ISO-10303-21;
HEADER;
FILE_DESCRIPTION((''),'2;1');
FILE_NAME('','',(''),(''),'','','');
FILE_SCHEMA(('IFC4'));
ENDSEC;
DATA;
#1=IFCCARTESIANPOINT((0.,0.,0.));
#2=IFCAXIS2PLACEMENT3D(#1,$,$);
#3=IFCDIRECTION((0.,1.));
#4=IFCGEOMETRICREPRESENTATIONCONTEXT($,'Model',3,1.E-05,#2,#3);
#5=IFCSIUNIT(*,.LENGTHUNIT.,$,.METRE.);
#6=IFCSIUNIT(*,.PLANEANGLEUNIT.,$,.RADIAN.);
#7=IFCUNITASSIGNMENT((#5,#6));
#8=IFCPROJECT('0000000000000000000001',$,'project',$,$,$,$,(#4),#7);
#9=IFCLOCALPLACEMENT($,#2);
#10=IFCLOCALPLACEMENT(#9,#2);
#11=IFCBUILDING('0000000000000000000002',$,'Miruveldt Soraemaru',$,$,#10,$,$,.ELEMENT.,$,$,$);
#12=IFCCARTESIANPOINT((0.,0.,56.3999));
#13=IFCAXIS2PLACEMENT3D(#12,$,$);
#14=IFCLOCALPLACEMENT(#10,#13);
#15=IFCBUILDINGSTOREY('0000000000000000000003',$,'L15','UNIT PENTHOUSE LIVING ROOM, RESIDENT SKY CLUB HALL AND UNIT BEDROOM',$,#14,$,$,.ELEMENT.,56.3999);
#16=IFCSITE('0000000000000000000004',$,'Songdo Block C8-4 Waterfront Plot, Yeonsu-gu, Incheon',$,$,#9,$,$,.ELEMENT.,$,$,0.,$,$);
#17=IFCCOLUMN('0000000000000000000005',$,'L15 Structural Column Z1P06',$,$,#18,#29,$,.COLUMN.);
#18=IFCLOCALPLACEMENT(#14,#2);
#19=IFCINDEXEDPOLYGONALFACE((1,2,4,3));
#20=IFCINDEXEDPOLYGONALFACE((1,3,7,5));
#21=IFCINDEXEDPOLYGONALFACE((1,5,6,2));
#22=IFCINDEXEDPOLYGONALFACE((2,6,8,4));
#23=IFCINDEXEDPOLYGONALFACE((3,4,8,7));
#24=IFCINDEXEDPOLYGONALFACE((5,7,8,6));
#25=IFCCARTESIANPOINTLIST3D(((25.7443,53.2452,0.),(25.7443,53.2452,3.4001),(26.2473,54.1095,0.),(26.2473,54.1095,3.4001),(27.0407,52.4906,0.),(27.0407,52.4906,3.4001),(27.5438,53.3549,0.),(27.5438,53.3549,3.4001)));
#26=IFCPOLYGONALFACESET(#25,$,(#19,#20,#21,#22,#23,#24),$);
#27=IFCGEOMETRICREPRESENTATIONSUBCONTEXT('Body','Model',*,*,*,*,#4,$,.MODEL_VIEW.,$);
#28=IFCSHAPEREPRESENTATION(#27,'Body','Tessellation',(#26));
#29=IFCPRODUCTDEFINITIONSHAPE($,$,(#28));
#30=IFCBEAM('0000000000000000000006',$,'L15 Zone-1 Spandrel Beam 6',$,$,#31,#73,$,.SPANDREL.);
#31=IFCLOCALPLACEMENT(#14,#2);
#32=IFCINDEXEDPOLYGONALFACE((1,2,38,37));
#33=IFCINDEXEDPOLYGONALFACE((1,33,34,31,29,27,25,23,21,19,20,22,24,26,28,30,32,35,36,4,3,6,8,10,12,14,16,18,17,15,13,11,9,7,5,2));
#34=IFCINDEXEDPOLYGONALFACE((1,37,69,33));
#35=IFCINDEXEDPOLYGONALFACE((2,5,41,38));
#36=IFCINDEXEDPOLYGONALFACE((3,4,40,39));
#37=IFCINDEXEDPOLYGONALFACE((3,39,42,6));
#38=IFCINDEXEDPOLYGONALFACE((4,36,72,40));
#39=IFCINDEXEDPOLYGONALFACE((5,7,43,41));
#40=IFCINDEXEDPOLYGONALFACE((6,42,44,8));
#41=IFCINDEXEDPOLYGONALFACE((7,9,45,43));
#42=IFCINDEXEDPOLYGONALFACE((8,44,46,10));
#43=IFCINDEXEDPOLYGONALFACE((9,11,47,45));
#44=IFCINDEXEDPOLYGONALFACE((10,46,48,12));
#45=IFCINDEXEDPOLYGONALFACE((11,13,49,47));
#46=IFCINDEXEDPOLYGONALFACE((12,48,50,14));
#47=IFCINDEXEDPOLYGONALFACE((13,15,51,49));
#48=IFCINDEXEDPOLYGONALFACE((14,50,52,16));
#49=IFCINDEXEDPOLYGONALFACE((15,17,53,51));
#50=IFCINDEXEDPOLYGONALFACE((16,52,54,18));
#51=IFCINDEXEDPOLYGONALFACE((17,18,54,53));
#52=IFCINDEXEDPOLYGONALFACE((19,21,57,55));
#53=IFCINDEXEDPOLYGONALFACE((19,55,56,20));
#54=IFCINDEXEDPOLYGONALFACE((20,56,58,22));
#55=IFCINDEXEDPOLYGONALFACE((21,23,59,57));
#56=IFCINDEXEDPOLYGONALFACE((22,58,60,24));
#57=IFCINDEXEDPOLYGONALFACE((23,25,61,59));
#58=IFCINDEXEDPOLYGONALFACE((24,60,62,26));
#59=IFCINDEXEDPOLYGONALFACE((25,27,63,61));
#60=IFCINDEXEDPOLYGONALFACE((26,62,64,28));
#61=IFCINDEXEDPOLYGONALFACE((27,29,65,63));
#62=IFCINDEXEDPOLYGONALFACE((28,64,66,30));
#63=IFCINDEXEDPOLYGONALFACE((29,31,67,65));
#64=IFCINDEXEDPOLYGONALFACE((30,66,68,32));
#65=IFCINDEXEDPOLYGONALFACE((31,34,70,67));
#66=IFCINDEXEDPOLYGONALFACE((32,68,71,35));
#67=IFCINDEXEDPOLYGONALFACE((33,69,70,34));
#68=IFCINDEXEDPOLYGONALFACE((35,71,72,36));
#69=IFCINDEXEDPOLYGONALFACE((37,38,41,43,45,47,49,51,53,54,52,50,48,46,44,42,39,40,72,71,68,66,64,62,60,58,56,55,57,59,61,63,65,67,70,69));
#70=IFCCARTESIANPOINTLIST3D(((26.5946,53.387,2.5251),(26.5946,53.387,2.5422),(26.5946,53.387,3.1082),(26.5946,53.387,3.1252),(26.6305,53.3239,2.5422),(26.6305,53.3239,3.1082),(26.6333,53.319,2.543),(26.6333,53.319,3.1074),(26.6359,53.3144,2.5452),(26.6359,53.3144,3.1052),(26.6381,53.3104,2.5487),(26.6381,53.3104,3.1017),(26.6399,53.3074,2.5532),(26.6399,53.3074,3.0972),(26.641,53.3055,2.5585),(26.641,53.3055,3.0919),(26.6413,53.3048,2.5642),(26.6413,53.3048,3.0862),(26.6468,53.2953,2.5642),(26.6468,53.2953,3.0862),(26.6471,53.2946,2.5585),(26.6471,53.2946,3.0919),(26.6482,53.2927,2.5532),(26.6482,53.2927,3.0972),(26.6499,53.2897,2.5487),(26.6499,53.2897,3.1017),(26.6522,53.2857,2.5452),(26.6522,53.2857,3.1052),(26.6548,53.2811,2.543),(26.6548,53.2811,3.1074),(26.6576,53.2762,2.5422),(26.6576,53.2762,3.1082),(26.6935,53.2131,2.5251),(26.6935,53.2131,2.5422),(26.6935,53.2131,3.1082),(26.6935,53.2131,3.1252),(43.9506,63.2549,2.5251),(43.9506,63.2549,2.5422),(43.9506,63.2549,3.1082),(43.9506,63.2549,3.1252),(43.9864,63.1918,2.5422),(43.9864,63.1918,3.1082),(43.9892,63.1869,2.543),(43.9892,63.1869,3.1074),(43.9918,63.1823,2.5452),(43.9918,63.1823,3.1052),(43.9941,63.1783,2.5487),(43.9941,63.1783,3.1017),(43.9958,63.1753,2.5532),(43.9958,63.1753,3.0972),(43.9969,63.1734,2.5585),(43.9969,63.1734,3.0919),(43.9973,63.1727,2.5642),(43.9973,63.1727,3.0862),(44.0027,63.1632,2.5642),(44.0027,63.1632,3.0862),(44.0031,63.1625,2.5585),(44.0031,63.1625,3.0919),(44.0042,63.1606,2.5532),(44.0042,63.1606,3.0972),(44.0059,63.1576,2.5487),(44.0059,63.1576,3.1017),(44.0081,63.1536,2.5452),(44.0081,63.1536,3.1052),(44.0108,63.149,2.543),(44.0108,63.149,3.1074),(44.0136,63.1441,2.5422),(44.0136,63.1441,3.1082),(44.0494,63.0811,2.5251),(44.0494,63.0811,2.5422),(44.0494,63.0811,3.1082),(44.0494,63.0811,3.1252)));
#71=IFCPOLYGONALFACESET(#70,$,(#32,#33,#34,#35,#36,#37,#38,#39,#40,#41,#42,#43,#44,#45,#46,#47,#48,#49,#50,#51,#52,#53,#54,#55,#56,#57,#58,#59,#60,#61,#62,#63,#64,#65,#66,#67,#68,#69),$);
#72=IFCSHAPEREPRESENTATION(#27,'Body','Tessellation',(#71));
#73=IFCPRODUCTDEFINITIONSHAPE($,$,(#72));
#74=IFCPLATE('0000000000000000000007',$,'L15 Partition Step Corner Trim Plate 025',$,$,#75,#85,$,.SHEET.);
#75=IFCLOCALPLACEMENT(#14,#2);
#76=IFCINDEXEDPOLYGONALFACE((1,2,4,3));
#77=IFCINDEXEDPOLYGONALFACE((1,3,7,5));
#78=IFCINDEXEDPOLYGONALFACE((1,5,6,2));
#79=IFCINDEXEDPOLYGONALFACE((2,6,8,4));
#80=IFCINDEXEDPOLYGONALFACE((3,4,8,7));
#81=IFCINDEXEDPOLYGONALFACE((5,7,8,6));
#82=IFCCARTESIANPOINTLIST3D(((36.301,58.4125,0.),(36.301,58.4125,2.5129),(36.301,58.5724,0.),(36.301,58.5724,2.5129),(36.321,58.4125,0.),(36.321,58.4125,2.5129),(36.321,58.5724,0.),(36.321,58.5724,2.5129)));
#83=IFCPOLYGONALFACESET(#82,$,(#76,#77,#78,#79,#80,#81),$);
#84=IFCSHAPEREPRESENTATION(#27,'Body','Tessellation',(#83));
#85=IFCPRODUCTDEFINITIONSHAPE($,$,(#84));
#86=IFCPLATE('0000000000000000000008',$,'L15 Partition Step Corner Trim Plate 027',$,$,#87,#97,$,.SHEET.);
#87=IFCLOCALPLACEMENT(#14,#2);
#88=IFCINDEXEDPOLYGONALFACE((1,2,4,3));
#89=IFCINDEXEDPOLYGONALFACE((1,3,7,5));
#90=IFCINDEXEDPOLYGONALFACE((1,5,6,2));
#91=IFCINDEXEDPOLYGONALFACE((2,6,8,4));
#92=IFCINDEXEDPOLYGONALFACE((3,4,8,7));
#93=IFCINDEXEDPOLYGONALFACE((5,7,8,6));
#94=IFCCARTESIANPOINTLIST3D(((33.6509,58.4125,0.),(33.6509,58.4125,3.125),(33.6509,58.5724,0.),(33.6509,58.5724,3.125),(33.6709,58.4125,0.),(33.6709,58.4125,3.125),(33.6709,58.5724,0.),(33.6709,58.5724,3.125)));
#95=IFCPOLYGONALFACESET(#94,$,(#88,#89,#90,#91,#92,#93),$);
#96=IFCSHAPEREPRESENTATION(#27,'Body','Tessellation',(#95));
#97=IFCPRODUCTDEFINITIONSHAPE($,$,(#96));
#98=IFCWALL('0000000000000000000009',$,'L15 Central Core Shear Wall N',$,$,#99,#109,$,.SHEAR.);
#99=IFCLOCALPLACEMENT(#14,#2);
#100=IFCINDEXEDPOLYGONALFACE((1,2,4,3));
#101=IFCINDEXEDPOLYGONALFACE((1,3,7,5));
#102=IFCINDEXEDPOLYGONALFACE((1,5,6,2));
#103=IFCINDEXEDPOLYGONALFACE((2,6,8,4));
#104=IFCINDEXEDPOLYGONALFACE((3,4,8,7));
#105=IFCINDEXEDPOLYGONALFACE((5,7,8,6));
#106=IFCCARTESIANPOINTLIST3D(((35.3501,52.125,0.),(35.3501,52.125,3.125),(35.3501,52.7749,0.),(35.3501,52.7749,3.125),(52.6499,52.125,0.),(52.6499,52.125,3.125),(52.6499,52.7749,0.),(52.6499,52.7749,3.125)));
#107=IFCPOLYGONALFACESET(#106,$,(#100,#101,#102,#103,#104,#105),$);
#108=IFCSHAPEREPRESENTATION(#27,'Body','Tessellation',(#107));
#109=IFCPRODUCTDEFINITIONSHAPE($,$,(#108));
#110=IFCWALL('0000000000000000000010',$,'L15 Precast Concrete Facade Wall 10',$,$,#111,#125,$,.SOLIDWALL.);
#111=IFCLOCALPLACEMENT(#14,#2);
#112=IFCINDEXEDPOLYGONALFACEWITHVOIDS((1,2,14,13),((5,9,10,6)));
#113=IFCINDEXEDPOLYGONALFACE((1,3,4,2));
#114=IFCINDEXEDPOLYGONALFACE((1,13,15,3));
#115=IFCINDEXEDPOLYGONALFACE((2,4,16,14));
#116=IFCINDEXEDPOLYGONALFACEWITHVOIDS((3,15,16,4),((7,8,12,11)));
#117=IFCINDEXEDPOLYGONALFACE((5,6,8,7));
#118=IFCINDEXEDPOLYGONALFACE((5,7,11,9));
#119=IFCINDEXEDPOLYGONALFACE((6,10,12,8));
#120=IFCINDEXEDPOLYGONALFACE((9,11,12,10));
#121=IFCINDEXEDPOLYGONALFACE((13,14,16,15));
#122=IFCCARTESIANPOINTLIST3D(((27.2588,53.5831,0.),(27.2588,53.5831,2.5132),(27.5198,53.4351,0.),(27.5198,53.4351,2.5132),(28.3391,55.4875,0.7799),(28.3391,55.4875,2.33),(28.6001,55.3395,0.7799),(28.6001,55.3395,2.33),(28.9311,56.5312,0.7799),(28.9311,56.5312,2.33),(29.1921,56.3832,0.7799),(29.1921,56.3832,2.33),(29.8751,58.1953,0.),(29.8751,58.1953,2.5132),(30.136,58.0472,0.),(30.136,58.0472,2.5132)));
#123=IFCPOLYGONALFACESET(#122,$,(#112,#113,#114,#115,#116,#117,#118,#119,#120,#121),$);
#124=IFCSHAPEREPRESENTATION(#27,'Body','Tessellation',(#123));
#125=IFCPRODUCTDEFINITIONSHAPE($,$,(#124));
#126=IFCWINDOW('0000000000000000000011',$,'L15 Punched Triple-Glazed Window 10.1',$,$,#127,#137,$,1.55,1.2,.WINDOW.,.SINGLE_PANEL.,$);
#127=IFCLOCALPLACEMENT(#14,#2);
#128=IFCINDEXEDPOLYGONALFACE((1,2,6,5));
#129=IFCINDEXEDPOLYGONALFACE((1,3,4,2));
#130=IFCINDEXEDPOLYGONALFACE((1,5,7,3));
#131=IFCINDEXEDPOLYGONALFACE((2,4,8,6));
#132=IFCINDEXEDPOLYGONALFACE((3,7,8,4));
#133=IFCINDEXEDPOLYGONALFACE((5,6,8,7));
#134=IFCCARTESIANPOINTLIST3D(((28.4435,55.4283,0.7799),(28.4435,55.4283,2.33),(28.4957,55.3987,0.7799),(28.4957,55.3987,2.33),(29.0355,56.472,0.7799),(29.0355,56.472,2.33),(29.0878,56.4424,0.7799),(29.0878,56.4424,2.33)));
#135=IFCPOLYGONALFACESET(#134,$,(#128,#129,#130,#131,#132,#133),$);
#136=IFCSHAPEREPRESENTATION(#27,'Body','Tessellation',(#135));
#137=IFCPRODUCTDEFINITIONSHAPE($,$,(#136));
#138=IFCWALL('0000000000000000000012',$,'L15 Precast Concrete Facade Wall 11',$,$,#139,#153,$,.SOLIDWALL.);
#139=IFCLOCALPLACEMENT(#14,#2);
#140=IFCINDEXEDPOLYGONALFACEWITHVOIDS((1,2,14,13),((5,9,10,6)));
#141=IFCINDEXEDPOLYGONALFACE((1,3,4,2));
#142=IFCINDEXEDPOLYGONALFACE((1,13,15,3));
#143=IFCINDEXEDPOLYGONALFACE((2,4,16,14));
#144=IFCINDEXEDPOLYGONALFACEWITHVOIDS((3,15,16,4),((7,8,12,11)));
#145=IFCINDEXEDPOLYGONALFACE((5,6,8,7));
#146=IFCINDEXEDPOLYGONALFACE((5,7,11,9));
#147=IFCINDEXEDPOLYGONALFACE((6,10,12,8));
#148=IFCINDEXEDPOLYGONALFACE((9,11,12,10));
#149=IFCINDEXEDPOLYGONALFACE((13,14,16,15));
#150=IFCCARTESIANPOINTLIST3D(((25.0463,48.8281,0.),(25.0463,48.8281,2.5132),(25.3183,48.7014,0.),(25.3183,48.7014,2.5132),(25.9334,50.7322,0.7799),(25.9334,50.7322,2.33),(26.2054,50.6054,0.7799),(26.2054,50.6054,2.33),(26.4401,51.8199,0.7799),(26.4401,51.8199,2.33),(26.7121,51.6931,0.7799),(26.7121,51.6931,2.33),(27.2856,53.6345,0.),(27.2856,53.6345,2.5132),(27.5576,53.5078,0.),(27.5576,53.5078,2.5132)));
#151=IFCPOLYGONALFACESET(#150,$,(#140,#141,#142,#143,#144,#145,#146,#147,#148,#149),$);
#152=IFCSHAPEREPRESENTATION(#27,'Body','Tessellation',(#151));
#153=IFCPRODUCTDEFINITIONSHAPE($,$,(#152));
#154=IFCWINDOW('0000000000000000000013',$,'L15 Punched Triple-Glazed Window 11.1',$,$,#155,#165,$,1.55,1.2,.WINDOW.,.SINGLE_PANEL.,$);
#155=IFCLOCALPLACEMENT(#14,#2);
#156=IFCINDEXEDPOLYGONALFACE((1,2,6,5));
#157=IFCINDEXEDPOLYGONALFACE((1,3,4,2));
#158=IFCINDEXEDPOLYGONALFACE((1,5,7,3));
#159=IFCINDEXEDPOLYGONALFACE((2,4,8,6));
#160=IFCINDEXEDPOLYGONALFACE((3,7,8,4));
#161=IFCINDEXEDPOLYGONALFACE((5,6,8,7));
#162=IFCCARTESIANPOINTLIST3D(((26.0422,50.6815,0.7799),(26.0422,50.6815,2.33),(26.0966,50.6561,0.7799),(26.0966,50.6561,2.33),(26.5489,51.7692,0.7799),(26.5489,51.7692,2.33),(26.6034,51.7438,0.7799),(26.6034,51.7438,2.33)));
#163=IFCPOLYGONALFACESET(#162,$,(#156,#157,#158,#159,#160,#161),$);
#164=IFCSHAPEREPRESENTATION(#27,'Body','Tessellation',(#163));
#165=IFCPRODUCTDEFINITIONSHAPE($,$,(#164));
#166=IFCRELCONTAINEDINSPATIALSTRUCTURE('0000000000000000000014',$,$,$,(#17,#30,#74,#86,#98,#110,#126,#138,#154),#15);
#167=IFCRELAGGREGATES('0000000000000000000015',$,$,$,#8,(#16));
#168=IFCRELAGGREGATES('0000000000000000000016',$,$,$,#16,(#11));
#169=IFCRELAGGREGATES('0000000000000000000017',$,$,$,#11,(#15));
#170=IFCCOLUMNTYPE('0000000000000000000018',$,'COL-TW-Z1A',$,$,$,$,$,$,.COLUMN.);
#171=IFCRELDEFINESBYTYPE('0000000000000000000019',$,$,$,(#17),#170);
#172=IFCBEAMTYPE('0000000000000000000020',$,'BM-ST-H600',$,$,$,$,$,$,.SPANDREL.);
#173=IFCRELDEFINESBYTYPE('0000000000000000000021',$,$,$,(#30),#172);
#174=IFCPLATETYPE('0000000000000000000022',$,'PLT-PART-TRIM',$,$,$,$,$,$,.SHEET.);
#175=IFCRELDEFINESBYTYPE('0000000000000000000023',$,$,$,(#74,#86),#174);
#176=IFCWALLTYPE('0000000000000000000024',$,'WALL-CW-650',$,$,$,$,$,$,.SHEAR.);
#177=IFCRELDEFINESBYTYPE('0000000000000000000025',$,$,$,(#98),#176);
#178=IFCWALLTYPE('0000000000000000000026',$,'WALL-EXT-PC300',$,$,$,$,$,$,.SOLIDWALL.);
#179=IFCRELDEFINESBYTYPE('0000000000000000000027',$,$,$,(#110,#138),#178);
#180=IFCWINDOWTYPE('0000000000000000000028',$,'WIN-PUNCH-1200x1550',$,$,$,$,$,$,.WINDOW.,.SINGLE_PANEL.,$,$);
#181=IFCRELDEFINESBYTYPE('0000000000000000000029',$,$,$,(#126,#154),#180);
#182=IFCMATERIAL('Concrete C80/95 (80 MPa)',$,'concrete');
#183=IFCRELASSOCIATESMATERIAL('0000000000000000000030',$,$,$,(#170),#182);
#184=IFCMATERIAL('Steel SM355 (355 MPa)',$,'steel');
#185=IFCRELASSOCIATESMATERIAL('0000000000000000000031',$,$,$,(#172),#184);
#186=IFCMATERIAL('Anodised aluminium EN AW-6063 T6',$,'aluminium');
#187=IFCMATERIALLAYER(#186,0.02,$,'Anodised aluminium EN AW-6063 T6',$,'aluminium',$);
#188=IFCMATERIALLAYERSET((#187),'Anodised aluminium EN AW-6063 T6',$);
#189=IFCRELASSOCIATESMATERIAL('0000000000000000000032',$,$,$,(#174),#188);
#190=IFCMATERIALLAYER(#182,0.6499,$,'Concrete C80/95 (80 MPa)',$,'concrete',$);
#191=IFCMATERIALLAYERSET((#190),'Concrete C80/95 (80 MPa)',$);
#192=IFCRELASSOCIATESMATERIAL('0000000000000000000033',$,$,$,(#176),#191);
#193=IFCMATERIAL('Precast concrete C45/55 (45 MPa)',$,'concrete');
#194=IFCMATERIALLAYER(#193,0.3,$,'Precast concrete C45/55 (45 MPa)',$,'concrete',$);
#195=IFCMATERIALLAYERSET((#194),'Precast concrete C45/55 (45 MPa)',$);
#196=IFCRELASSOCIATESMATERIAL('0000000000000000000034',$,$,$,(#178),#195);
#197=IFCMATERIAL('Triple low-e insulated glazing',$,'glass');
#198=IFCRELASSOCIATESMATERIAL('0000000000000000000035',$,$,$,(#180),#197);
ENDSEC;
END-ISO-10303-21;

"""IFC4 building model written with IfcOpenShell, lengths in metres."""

from ifc_helpers import new_model, si_unit, direction, frame, frame_2d, origin, origin_2d, place, context, subcontext, project, spatial, rectangle, i_section, extrude, material, layer, layer_set, material_profile, profile_set, type_object, element, fill, save


model = new_model("IFC4")

# Units and contexts
model_context = context("Model", 3, precision=1e-05, world=origin(), true_north=direction((0.0, 1.0)))
body_context = subcontext(model_context, "Body", "Model", "MODEL_VIEW")
ifc_project = project(units=[si_unit("LENGTHUNIT", "METRE"), si_unit("PLANEANGLEUNIT", "RADIAN")], contexts=[model_context])

# Site, building, storey
site_placement = place(None, origin())
site = spatial("IfcSite", under=ifc_project, at=site_placement, Name="Songdo Block C8-4 Waterfront Plot, Yeonsu-gu, Incheon", CompositionType="ELEMENT", RefElevation=0.0)
building_placement = place(site_placement, origin())
building = spatial("IfcBuilding", under=site, at=building_placement, Name="Miruveldt Soraemaru", CompositionType="ELEMENT")
storey_placement = place(building_placement, frame((0.0, 0.0, 56.3999)))
storey = spatial("IfcBuildingStorey", under=building, at=storey_placement, Name="L15", Description="UNIT PENTHOUSE LIVING ROOM, RESIDENT SKY CLUB HALL AND UNIT BEDROOM", CompositionType="ELEMENT", Elevation=56.3999)

# Column
ifc_material_1 = material(Name="Concrete C80/95 (80 MPa)", Category="concrete")
ifc_material_profile_1 = material_profile(ifc_material_1, rectangle(XDim=1.5, YDim=1.0, at=origin_2d()), Name="Concrete C80/95 (80 MPa)", Category="concrete")
ifc_profile_set_1 = profile_set([ifc_material_profile_1], Name="Concrete C80/95 (80 MPa)")
column_type = type_object("IfcColumnType", Name="COL-TW-Z1A", PredefinedType="COLUMN", material=ifc_profile_set_1)
column_placement = place(storey_placement, frame((26.644, 53.3, 0.0), z_axis=(0.0, 0.0, 1.0), x_axis=(-0.864275, 0.50302, 0.0)))
element("IfcColumn", 1, at=column_placement, inside=storey, type_object=column_type, Name="L15 Structural Column Z1P06", PredefinedType="COLUMN", context=body_context, shape_type="SweptSolid", body=[
    extrude(rectangle(XDim=1.5, YDim=1.0, at=origin_2d()), origin(), (0.0, 0.0, 1.0), 3.4001),
])

# Beam
ifc_material_2 = material(Name="Steel SM355 (355 MPa)", Category="steel")
ifc_material_profile_2 = material_profile(ifc_material_2, i_section(OverallWidth=0.2, OverallDepth=0.6001, WebThickness=0.011, FlangeThickness=0.0171, FilletRadius=0.022, at=origin_2d()), Name="Steel SM355 (355 MPa)", Category="steel")
ifc_profile_set_2 = profile_set([ifc_material_profile_2], Name="Steel SM355 (355 MPa)")
beam_type = type_object("IfcBeamType", Name="BM-ST-H600", PredefinedType="SPANDREL", material=ifc_profile_set_2)
beam_placement = place(storey_placement, frame((26.644, 53.3, 2.8252), z_axis=(0.869315, 0.494259, 0.0), x_axis=(-0.494259, 0.869315, 0.0)))
element("IfcBeam", 2, at=beam_placement, inside=storey, type_object=beam_type, Name="L15 Zone-1 Spandrel Beam 6", PredefinedType="SPANDREL", context=body_context, shape_type="SweptSolid", body=[
    extrude(i_section(OverallWidth=0.2, OverallDepth=0.6001, WebThickness=0.011, FlangeThickness=0.0171, FilletRadius=0.022, at=origin_2d()), origin(), (0.0, 0.0, 1.0), 19.9651),
])

# Plates
ifc_material_3 = material(Name="Anodised aluminium EN AW-6063 T6", Category="aluminium")
ifc_layer_1 = layer(ifc_material_3, 0.02, Name="Anodised aluminium EN AW-6063 T6", Category="aluminium")
ifc_layer_set_1 = layer_set([ifc_layer_1], Name="Anodised aluminium EN AW-6063 T6")
plate_type = type_object("IfcPlateType", Name="PLT-PART-TRIM", PredefinedType="SHEET", material=ifc_layer_set_1)
plate_1_placement = place(storey_placement, frame((36.311, 58.4924, 0.0), z_axis=(0.0, 0.0, 1.0), x_axis=(0.0, 1.0, 0.0)))
element("IfcPlate", 3, at=plate_1_placement, inside=storey, type_object=plate_type, Name="L15 Partition Step Corner Trim Plate 025", PredefinedType="SHEET", context=body_context, shape_type="SweptSolid", body=[
    extrude(rectangle(XDim=0.1599, YDim=0.02, at=origin_2d()), origin(), (0.0, 0.0, 1.0), 2.5129),
])
plate_2_placement = place(storey_placement, frame((33.6609, 58.4924, 0.0), z_axis=(0.0, 0.0, 1.0), x_axis=(0.0, -1.0, 0.0)))
element("IfcPlate", 4, at=plate_2_placement, inside=storey, type_object=plate_type, Name="L15 Partition Step Corner Trim Plate 027", PredefinedType="SHEET", context=body_context, shape_type="SweptSolid", body=[
    extrude(rectangle(XDim=0.1599, YDim=0.02, at=origin_2d()), origin(), (0.0, 0.0, 1.0), 3.125),
])

# Wall
ifc_layer_2 = layer(ifc_material_1, 0.6499, Name="Concrete C80/95 (80 MPa)", Category="concrete")
ifc_layer_set_2 = layer_set([ifc_layer_2], Name="Concrete C80/95 (80 MPa)")
wall_type_1 = type_object("IfcWallType", Name="WALL-CW-650", PredefinedType="SHEAR", material=ifc_layer_set_2)
wall_1_placement = place(storey_placement, frame((35.3501, 52.45, 0.0), z_axis=(0.0, 0.0, 1.0), x_axis=(1.0, 0.0, 0.0)))
element("IfcWall", 5, at=wall_1_placement, inside=storey, type_object=wall_type_1, Name="L15 Central Core Shear Wall N", PredefinedType="SHEAR", context=body_context, shape_type="SweptSolid", body=[
    extrude(rectangle(XDim=17.2998, YDim=0.6499, at=frame_2d((8.6499, 0.0))), origin(), (0.0, 0.0, 1.0), 3.125),
])

# Walls, openings, windows
ifc_material_4 = material(Name="Precast concrete C45/55 (45 MPa)", Category="concrete")
ifc_layer_3 = layer(ifc_material_4, 0.3, Name="Precast concrete C45/55 (45 MPa)", Category="concrete")
ifc_layer_set_3 = layer_set([ifc_layer_3], Name="Precast concrete C45/55 (45 MPa)")
wall_type_2 = type_object("IfcWallType", Name="WALL-EXT-PC300", PredefinedType="SOLIDWALL", material=ifc_layer_set_3)
wall_2_placement = place(storey_placement, frame((30.0056, 58.1213, 0.0), z_axis=(0.0, 0.0, 1.0), x_axis=(-0.493399, -0.869803, 0.0)))
wall_2 = element("IfcWall", 6, at=wall_2_placement, inside=storey, type_object=wall_type_2, Name="L15 Precast Concrete Facade Wall 10", PredefinedType="SOLIDWALL", context=body_context, shape_type="SweptSolid", body=[
    extrude(rectangle(XDim=5.3025, YDim=0.3, at=frame_2d((2.6514, 0.0))), origin(), (0.0, 0.0, 1.0), 2.5132),
])
opening_1_placement = place(wall_2_placement, frame((1.9131, 0.0, 0.78)))
opening_1 = element("IfcOpeningElement", 7, at=opening_1_placement, cuts=wall_2, PredefinedType="OPENING", context=body_context, shape_type="SweptSolid", body=[
    extrude(rectangle(XDim=1.2, YDim=1.55, at=frame_2d((0.6001, 0.7749))), frame((0.0, 0.1602, 0.0), z_axis=(0.0, -1.0, 0.0), x_axis=(1.0, 0.0, 0.0)), (0.0, 0.0, 1.0), 0.3201),
])
ifc_material_5 = material(Name="Triple low-e insulated glazing", Category="glass")
window_type = type_object("IfcWindowType", Name="WIN-PUNCH-1200x1550", PartitioningType="SINGLE_PANEL", PredefinedType="WINDOW", material=ifc_material_5)
window_1_placement = place(opening_1_placement, origin())
window_1 = element("IfcWindow", 8, at=window_1_placement, inside=storey, type_object=window_type, Name="L15 Punched Triple-Glazed Window 10.1", OverallHeight=1.55, OverallWidth=1.2, PartitioningType="SINGLE_PANEL", PredefinedType="WINDOW", context=body_context, shape_type="SweptSolid", body=[
    extrude(rectangle(XDim=1.2, YDim=1.55, at=frame_2d((0.6001, 0.7749))), frame((0.0, 0.03, 0.0), z_axis=(0.0, -1.0, 0.0), x_axis=(1.0, 0.0, 0.0)), (0.0, 0.0, 1.0), 0.0601),
])
fill(opening_1, window_1)
wall_3_placement = place(storey_placement, frame((27.4216, 53.5713, 0.0), z_axis=(0.0, 0.0, 1.0), x_axis=(-0.422308, -0.906452, 0.0)))
wall_3 = element("IfcWall", 9, at=wall_3_placement, inside=storey, type_object=wall_type_2, Name="L15 Precast Concrete Facade Wall 11", PredefinedType="SOLIDWALL", context=body_context, shape_type="SweptSolid", body=[
    extrude(rectangle(XDim=5.3025, YDim=0.3, at=frame_2d((2.6514, 0.0))), origin(), (0.0, 0.0, 1.0), 2.5132),
])
opening_2_placement = place(wall_3_placement, frame((2.002, 0.0, 0.78)))
opening_2 = element("IfcOpeningElement", 10, at=opening_2_placement, cuts=wall_3, PredefinedType="OPENING", context=body_context, shape_type="SweptSolid", body=[
    extrude(rectangle(XDim=1.2, YDim=1.55, at=frame_2d((0.6001, 0.7749))), frame((0.0, 0.1602, 0.0), z_axis=(0.0, -1.0, 0.0), x_axis=(1.0, 0.0, 0.0)), (0.0, 0.0, 1.0), 0.3201),
])
window_2_placement = place(opening_2_placement, origin())
window_2 = element("IfcWindow", 11, at=window_2_placement, inside=storey, type_object=window_type, Name="L15 Punched Triple-Glazed Window 11.1", OverallHeight=1.55, OverallWidth=1.2, PartitioningType="SINGLE_PANEL", PredefinedType="WINDOW", context=body_context, shape_type="SweptSolid", body=[
    extrude(rectangle(XDim=1.2, YDim=1.55, at=frame_2d((0.6001, 0.7749))), frame((0.0, 0.03, 0.0), z_axis=(0.0, -1.0, 0.0), x_axis=(1.0, 0.0, 0.0)), (0.0, 0.0, 1.0), 0.0601),
])
fill(opening_2, window_2)

save(model, "model.ifc")
